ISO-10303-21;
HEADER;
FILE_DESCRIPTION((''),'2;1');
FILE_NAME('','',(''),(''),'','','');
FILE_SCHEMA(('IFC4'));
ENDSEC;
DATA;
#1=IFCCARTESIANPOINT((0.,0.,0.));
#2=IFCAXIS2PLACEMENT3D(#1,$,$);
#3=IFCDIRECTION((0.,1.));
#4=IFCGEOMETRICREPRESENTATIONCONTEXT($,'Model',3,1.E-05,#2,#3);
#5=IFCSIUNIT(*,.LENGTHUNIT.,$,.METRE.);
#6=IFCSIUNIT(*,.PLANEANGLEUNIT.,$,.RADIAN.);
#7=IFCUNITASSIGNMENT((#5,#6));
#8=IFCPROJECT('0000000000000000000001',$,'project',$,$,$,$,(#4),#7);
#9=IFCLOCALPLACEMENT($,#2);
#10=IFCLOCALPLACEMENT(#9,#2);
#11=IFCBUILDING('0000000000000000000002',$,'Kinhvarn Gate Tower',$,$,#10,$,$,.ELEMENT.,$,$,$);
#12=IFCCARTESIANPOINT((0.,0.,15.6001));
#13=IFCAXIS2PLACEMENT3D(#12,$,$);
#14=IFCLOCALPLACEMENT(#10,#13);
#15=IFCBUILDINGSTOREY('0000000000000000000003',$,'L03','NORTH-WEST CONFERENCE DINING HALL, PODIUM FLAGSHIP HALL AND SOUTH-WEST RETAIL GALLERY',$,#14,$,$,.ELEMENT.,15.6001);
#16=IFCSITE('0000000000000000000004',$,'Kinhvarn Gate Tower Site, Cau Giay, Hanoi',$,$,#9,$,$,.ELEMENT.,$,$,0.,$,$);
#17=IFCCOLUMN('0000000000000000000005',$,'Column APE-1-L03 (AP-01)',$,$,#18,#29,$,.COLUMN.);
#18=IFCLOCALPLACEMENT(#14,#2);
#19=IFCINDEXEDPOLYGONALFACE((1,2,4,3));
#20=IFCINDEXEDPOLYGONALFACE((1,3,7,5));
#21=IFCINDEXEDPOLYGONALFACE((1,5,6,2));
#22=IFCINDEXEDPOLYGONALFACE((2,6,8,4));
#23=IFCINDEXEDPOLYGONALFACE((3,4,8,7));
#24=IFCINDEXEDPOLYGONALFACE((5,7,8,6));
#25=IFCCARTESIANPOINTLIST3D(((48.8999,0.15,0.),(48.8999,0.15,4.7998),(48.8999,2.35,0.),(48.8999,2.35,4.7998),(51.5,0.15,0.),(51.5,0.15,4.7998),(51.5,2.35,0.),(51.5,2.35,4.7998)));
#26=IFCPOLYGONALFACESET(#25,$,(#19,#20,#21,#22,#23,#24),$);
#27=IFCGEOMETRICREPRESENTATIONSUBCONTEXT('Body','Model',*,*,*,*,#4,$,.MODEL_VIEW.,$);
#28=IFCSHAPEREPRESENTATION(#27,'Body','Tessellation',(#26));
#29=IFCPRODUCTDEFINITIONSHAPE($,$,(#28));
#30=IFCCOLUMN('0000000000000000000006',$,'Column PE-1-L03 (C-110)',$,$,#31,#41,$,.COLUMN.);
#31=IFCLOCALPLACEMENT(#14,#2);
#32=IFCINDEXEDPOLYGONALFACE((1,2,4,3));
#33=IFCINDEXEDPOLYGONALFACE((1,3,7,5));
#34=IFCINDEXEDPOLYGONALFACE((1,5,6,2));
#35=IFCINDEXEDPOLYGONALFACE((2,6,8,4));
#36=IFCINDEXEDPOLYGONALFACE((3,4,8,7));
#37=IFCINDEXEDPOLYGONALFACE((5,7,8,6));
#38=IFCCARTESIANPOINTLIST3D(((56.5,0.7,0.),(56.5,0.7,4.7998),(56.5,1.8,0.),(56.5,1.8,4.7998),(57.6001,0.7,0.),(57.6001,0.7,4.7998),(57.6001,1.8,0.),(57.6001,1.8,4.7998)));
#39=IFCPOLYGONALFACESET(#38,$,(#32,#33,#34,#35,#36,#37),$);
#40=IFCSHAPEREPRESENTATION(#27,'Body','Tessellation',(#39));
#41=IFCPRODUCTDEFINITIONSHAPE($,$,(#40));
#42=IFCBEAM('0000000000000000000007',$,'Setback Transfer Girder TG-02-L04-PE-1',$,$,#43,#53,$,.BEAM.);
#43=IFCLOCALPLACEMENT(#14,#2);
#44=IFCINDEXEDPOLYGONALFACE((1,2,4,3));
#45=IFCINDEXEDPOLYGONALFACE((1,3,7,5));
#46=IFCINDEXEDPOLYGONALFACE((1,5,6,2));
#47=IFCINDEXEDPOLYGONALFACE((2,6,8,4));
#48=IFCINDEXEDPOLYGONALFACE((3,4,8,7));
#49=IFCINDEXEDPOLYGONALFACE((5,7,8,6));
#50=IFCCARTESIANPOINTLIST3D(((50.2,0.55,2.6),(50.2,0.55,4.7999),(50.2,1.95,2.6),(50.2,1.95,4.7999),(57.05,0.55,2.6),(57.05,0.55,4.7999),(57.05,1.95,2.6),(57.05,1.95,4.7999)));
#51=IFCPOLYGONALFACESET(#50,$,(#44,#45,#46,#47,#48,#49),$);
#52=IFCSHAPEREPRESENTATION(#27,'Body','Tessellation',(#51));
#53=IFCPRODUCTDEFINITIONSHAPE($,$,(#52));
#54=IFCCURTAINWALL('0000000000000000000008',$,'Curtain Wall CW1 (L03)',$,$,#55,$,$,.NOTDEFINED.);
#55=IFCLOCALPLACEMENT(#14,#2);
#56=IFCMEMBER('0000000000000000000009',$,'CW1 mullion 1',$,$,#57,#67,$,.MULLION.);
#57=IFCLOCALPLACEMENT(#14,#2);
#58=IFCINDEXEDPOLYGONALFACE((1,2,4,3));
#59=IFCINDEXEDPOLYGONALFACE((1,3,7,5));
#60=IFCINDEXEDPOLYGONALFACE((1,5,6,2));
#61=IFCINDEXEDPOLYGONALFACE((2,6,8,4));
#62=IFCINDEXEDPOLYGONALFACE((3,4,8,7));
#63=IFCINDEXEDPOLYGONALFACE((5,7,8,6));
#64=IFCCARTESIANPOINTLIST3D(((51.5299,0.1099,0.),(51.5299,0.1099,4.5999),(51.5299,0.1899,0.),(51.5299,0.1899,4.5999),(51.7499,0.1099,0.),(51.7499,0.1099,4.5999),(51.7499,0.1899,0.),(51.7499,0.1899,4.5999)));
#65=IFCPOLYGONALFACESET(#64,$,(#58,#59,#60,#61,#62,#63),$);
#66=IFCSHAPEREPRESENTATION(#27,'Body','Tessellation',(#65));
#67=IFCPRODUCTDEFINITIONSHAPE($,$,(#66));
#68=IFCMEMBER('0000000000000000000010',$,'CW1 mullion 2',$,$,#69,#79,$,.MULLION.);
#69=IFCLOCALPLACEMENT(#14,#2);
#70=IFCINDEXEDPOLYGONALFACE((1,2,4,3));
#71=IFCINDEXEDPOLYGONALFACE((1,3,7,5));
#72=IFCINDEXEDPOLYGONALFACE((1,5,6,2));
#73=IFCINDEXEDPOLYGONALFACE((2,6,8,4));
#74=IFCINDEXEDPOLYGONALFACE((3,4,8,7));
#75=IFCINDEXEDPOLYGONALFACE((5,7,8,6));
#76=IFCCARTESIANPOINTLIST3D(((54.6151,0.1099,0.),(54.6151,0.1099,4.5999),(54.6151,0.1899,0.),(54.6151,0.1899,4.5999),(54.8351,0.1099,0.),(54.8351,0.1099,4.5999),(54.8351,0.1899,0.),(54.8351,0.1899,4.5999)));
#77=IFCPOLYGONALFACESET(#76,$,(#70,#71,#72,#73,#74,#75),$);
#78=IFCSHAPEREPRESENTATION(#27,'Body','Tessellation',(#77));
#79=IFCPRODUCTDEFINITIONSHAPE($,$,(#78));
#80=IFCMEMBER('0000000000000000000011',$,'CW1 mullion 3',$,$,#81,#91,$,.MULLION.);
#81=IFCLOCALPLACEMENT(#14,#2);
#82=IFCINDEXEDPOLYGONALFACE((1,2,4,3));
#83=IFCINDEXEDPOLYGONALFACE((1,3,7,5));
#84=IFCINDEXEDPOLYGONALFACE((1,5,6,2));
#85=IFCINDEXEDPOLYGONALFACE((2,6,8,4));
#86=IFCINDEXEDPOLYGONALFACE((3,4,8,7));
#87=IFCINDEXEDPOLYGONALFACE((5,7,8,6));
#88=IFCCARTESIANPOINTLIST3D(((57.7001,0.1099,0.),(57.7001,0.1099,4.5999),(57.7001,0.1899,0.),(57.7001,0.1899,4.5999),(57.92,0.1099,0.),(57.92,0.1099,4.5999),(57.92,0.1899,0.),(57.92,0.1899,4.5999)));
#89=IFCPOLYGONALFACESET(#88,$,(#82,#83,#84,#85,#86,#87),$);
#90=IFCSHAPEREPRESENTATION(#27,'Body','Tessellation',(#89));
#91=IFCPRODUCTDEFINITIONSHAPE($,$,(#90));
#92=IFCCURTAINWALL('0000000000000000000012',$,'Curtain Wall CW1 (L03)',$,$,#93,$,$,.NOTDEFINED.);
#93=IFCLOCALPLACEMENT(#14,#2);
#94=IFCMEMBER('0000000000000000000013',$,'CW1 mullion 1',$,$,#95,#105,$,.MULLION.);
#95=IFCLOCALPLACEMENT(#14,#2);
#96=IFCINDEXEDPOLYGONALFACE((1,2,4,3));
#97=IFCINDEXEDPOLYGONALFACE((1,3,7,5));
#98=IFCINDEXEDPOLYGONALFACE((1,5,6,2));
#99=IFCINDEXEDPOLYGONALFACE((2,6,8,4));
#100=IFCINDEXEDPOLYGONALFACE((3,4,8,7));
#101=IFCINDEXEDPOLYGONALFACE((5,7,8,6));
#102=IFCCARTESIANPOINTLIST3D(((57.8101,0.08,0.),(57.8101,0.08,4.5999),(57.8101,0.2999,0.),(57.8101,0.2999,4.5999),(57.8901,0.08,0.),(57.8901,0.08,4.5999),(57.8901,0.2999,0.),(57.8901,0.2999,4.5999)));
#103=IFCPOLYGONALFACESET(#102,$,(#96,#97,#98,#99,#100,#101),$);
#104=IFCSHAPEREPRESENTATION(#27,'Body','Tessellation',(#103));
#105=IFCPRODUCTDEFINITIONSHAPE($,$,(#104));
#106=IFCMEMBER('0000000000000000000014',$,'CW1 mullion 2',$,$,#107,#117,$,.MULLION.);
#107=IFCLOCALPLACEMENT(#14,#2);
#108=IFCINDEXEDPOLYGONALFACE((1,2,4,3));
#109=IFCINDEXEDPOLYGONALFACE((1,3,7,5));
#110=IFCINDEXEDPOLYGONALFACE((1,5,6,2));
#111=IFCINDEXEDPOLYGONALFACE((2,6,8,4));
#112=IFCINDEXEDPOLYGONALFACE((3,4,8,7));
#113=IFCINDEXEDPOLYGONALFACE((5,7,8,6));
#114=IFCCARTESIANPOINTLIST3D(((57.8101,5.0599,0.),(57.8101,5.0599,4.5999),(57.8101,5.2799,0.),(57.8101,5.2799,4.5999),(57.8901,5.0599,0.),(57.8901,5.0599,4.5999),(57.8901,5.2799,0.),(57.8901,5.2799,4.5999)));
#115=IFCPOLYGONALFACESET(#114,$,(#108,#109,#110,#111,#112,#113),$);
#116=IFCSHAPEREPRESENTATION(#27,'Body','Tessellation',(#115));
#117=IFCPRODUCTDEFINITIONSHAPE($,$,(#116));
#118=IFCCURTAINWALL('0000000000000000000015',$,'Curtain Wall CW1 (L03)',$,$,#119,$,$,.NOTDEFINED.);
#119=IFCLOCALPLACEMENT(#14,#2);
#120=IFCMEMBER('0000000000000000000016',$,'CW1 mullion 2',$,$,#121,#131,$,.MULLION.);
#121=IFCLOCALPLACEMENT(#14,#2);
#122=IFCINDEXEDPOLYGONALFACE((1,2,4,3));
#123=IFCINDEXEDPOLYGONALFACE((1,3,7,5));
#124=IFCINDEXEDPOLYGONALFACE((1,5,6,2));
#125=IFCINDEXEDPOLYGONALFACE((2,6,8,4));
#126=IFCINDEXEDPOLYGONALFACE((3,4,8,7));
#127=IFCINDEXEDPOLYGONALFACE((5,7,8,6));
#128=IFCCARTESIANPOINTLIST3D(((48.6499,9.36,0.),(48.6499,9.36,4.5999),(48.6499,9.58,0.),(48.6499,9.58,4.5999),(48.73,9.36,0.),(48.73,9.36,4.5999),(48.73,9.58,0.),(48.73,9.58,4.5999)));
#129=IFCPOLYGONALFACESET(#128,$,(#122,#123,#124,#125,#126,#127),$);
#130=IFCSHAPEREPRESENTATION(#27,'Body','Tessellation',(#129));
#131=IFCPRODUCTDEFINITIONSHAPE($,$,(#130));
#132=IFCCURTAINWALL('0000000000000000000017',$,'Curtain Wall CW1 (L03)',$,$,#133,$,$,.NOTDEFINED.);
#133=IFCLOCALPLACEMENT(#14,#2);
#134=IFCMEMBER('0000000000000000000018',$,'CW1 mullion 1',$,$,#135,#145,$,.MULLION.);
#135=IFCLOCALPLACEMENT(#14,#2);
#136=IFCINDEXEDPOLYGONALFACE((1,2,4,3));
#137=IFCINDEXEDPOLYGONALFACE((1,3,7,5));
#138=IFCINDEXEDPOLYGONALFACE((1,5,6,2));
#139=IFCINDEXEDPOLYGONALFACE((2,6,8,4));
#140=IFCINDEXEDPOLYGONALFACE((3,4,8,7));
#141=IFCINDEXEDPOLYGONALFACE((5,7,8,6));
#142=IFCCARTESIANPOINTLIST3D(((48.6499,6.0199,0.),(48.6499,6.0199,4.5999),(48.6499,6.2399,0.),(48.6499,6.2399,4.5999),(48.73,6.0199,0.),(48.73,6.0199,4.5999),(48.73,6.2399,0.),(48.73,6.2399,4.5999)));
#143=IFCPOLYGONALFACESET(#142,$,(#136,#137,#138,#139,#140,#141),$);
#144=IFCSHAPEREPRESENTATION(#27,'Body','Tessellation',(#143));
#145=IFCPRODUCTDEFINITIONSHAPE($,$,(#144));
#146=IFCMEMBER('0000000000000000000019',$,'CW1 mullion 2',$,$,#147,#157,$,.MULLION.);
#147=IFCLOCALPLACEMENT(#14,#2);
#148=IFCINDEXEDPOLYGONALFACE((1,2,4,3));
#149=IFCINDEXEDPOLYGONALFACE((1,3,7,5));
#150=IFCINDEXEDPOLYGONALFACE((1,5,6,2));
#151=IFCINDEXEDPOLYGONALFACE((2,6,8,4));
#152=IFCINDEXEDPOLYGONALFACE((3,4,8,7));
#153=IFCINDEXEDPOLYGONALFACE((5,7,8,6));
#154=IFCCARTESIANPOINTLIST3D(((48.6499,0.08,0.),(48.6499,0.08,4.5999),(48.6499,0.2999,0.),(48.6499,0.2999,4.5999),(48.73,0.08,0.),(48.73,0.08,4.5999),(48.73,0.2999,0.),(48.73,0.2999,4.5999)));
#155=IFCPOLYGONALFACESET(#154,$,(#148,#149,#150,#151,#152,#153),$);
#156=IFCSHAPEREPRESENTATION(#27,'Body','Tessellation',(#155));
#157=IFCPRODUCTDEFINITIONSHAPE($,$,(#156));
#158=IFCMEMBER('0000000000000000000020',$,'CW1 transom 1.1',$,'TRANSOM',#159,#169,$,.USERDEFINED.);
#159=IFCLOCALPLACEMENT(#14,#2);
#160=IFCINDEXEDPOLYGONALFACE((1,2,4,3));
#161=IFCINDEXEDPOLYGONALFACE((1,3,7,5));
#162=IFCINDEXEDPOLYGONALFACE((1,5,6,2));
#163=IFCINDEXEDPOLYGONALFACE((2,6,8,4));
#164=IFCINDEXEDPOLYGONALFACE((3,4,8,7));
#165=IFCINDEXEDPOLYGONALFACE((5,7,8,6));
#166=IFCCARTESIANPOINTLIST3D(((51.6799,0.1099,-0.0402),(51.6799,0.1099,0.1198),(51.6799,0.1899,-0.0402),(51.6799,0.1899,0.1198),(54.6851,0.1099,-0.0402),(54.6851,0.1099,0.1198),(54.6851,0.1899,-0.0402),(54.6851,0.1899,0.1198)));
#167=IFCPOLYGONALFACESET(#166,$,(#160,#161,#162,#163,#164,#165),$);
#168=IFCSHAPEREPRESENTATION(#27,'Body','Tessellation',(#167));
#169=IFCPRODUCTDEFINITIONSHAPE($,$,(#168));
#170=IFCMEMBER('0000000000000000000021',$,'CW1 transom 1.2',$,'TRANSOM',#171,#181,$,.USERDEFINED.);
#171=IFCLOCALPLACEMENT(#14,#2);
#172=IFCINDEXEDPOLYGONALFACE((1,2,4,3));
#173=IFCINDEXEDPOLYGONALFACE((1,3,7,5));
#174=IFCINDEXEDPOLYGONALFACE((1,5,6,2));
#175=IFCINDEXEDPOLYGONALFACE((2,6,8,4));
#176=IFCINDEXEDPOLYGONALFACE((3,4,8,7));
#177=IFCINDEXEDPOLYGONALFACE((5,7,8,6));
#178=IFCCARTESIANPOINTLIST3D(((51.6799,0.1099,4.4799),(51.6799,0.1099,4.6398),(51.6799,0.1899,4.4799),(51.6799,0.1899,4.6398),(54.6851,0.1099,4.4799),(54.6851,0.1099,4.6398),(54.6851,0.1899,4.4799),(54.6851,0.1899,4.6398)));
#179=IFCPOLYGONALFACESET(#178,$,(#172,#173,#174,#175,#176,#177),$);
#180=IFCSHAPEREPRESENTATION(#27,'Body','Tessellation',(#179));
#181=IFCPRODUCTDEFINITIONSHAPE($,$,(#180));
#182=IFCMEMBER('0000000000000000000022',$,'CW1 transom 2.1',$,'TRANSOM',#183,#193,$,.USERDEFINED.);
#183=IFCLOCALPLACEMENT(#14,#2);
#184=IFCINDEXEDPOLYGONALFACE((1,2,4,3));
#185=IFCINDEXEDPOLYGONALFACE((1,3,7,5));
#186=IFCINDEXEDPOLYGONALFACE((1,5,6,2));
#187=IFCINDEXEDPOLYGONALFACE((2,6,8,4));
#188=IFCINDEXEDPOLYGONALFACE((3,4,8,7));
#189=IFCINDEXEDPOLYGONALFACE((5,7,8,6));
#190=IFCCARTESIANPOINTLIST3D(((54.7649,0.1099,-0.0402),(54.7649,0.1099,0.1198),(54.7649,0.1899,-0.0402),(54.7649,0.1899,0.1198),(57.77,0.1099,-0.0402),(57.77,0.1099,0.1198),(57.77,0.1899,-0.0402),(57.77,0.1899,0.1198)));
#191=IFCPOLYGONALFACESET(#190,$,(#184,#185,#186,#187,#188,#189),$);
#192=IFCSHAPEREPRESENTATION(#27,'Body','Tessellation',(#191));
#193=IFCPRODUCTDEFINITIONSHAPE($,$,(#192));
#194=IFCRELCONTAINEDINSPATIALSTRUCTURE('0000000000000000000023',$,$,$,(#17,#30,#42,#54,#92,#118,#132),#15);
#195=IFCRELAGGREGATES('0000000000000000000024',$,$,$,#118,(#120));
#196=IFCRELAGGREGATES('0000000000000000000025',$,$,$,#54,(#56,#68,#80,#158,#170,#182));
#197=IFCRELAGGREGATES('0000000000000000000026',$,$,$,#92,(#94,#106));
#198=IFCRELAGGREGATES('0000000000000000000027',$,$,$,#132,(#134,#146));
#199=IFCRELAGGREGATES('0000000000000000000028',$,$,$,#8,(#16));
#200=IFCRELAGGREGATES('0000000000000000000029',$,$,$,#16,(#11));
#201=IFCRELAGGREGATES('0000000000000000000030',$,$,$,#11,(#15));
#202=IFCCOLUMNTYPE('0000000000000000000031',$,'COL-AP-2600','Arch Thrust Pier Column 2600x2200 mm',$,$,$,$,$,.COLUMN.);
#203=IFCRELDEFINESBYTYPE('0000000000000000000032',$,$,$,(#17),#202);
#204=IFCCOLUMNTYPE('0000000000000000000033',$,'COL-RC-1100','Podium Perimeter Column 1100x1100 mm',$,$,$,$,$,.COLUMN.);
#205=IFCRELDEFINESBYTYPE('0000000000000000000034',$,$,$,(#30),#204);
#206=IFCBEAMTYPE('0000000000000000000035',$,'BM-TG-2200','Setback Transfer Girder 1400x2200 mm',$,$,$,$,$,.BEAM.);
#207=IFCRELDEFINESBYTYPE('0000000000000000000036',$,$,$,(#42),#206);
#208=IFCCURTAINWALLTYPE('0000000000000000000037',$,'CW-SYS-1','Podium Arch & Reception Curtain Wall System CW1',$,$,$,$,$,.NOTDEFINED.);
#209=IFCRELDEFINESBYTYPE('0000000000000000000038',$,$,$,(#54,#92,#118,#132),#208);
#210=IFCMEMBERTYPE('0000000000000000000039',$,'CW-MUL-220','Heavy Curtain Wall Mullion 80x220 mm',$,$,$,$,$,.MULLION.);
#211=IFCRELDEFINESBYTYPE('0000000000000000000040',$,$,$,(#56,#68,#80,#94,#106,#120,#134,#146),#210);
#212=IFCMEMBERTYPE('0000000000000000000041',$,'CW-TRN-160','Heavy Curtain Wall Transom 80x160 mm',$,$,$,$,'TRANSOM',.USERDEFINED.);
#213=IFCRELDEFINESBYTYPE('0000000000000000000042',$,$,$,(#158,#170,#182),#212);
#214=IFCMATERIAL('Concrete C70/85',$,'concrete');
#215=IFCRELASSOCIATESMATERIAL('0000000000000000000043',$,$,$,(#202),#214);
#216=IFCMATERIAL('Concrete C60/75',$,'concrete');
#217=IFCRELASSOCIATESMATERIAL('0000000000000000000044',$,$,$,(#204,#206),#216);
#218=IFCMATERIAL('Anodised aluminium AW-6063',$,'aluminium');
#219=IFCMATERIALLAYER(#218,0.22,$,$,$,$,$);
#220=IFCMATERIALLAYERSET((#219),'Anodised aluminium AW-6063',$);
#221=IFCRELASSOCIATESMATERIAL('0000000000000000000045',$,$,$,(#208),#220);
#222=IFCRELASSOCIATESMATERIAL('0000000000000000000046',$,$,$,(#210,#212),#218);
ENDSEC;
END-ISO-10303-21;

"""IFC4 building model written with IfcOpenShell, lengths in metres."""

from ifc_helpers import new_model, si_unit, direction, frame, origin, origin_2d, place, context, subcontext, project, spatial, rectangle, extrude, material, layer, layer_set, material_profile, profile_set, type_object, element, aggregate, save


model = new_model("IFC4")

# Units and contexts
model_context = context("Model", 3, precision=1e-05, world=origin(), true_north=direction((0.0, 1.0)))
body_context = subcontext(model_context, "Body", "Model", "MODEL_VIEW")
ifc_project = project(units=[si_unit("LENGTHUNIT", "METRE"), si_unit("PLANEANGLEUNIT", "RADIAN")], contexts=[model_context])

# Site, building, storey
site_placement = place(None, origin())
site = spatial("IfcSite", under=ifc_project, at=site_placement, Name="Kinhvarn Gate Tower Site, Cau Giay, Hanoi", CompositionType="ELEMENT", RefElevation=0.0)
building_placement = place(site_placement, origin())
building = spatial("IfcBuilding", under=site, at=building_placement, Name="Kinhvarn Gate Tower", CompositionType="ELEMENT")
storey_placement = place(building_placement, frame((0.0, 0.0, 15.6001)))
storey = spatial("IfcBuildingStorey", under=building, at=storey_placement, Name="L03", Description="NORTH-WEST CONFERENCE DINING HALL, PODIUM FLAGSHIP HALL AND SOUTH-WEST RETAIL GALLERY", CompositionType="ELEMENT", Elevation=15.6001)

# Columns
ifc_material_1 = material(Name="Concrete C70/85", Category="concrete")
ifc_material_profile_1 = material_profile(ifc_material_1, rectangle(XDim=2.6001, YDim=2.2, at=origin_2d()), Name="RC 2600x2200")
ifc_profile_set_1 = profile_set([ifc_material_profile_1], Name="Concrete C70/85")
column_type_1 = type_object("IfcColumnType", Name="COL-AP-2600", Description="Arch Thrust Pier Column 2600x2200 mm", PredefinedType="COLUMN", material=ifc_profile_set_1)
column_1_placement = place(storey_placement, frame((50.2, 1.25, 0.0), z_axis=(0.0, 0.0, 1.0), x_axis=(1.0, 0.0, 0.0)))
element("IfcColumn", 1, at=column_1_placement, inside=storey, type_object=column_type_1, Name="Column APE-1-L03 (AP-01)", PredefinedType="COLUMN", context=body_context, shape_type="SweptSolid", body=[
    extrude(rectangle(XDim=2.6001, YDim=2.2, at=origin_2d()), origin(), (0.0, 0.0, 1.0), 4.7998),
])
ifc_material_2 = material(Name="Concrete C60/75", Category="concrete")
ifc_material_profile_2 = material_profile(ifc_material_2, rectangle(XDim=1.1001, YDim=1.1001, at=origin_2d()), Name="RC 1100x1100")
ifc_profile_set_2 = profile_set([ifc_material_profile_2], Name="Concrete C60/75")
column_type_2 = type_object("IfcColumnType", Name="COL-RC-1100", Description="Podium Perimeter Column 1100x1100 mm", PredefinedType="COLUMN", material=ifc_profile_set_2)
column_2_placement = place(storey_placement, frame((57.05, 1.25, 0.0), z_axis=(0.0, 0.0, 1.0), x_axis=(1.0, 0.0, 0.0)))
element("IfcColumn", 2, at=column_2_placement, inside=storey, type_object=column_type_2, Name="Column PE-1-L03 (C-110)", PredefinedType="COLUMN", context=body_context, shape_type="SweptSolid", body=[
    extrude(rectangle(XDim=1.1001, YDim=1.1001, at=origin_2d()), origin(), (0.0, 0.0, 1.0), 4.7998),
])

# Beam
ifc_material_profile_3 = material_profile(ifc_material_2, rectangle(XDim=1.3999, YDim=2.2, at=origin_2d()), Name="RC 1400x2200")
ifc_profile_set_3 = profile_set([ifc_material_profile_3], Name="Concrete C60/75")
beam_type_1 = type_object("IfcBeamType", Name="BM-TG-2200", Description="Setback Transfer Girder 1400x2200 mm", PredefinedType="BEAM", material=ifc_profile_set_3)
beam_1_placement = place(storey_placement, frame((50.2, 1.25, 3.7), z_axis=(1.0, 0.0, 0.0), x_axis=(0.0, 1.0, 0.0)))
element("IfcBeam", 3, at=beam_1_placement, inside=storey, type_object=beam_type_1, Name="Setback Transfer Girder TG-02-L04-PE-1", PredefinedType="BEAM", context=body_context, shape_type="SweptSolid", body=[
    extrude(rectangle(XDim=1.3999, YDim=2.2, at=origin_2d()), origin(), (0.0, 0.0, 1.0), 6.8501),
])

# Curtain walls, members
ifc_material_3 = material(Name="Anodised aluminium AW-6063", Category="aluminium")
ifc_layer_1 = layer(ifc_material_3, 0.22)
ifc_layer_set_1 = layer_set([ifc_layer_1], Name="Anodised aluminium AW-6063")
curtain_wall_type = type_object("IfcCurtainWallType", Name="CW-SYS-1", Description="Podium Arch & Reception Curtain Wall System CW1", PredefinedType="NOTDEFINED", material=ifc_layer_set_1)
curtain_wall_1_placement = place(storey_placement, origin())
curtain_wall_1 = element("IfcCurtainWall", 4, at=curtain_wall_1_placement, inside=storey, type_object=curtain_wall_type, Name="Curtain Wall CW1 (L03)", PredefinedType="NOTDEFINED")
ifc_material_profile_4 = material_profile(ifc_material_3, rectangle(XDim=0.0801, YDim=0.22, at=origin_2d()), Name="ALU 80x220")
ifc_profile_set_4 = profile_set([ifc_material_profile_4], Name="Anodised aluminium AW-6063")
member_type_1 = type_object("IfcMemberType", Name="CW-MUL-220", Description="Heavy Curtain Wall Mullion 80x220 mm", PredefinedType="MULLION", material=ifc_profile_set_4)
member_1_placement = place(storey_placement, frame((51.6399, 0.1499, 0.0), z_axis=(0.0, 0.0, 1.0), x_axis=(0.0, 1.0, 0.0)))
member_1 = element("IfcMember", 5, at=member_1_placement, type_object=member_type_1, Name="CW1 mullion 1", PredefinedType="MULLION", context=body_context, shape_type="SweptSolid", body=[
    extrude(rectangle(XDim=0.0801, YDim=0.22, at=origin_2d()), origin(), (0.0, 0.0, 1.0), 4.5999),
])
member_2_placement = place(storey_placement, frame((54.7251, 0.1499, 0.0), z_axis=(0.0, 0.0, 1.0), x_axis=(0.0, 1.0, 0.0)))
member_2 = element("IfcMember", 6, at=member_2_placement, type_object=member_type_1, Name="CW1 mullion 2", PredefinedType="MULLION", context=body_context, shape_type="SweptSolid", body=[
    extrude(rectangle(XDim=0.0801, YDim=0.22, at=origin_2d()), origin(), (0.0, 0.0, 1.0), 4.5999),
])
member_3_placement = place(storey_placement, frame((57.8101, 0.1499, 0.0), z_axis=(0.0, 0.0, 1.0), x_axis=(0.0, 1.0, 0.0)))
member_3 = element("IfcMember", 7, at=member_3_placement, type_object=member_type_1, Name="CW1 mullion 3", PredefinedType="MULLION", context=body_context, shape_type="SweptSolid", body=[
    extrude(rectangle(XDim=0.0801, YDim=0.22, at=origin_2d()), origin(), (0.0, 0.0, 1.0), 4.5999),
])
curtain_wall_2_placement = place(storey_placement, origin())
curtain_wall_2 = element("IfcCurtainWall", 8, at=curtain_wall_2_placement, inside=storey, type_object=curtain_wall_type, Name="Curtain Wall CW1 (L03)", PredefinedType="NOTDEFINED")
member_4_placement = place(storey_placement, frame((57.8501, 0.1899, 0.0), z_axis=(0.0, 0.0, 1.0), x_axis=(-1.0, 0.0, 0.0)))
member_4 = element("IfcMember", 9, at=member_4_placement, type_object=member_type_1, Name="CW1 mullion 1", PredefinedType="MULLION", context=body_context, shape_type="SweptSolid", body=[
    extrude(rectangle(XDim=0.0801, YDim=0.22, at=origin_2d()), origin(), (0.0, 0.0, 1.0), 4.5999),
])
member_5_placement = place(storey_placement, frame((57.8501, 5.1699, 0.0), z_axis=(0.0, 0.0, 1.0), x_axis=(-1.0, 0.0, 0.0)))
member_5 = element("IfcMember", 10, at=member_5_placement, type_object=member_type_1, Name="CW1 mullion 2", PredefinedType="MULLION", context=body_context, shape_type="SweptSolid", body=[
    extrude(rectangle(XDim=0.0801, YDim=0.22, at=origin_2d()), origin(), (0.0, 0.0, 1.0), 4.5999),
])

# Curtain wall, member
curtain_wall_3_placement = place(storey_placement, origin())
curtain_wall_3 = element("IfcCurtainWall", 11, at=curtain_wall_3_placement, inside=storey, type_object=curtain_wall_type, Name="Curtain Wall CW1 (L03)", PredefinedType="NOTDEFINED")
member_6_placement = place(storey_placement, frame((48.6899, 9.47, 0.0), z_axis=(0.0, 0.0, 1.0), x_axis=(1.0, 0.0, 0.0)))
member_6 = element("IfcMember", 12, at=member_6_placement, type_object=member_type_1, Name="CW1 mullion 2", PredefinedType="MULLION", context=body_context, shape_type="SweptSolid", body=[
    extrude(rectangle(XDim=0.0801, YDim=0.22, at=origin_2d()), origin(), (0.0, 0.0, 1.0), 4.5999),
])
aggregate(curtain_wall_3, [member_6])

# Curtain wall, members
curtain_wall_4_placement = place(storey_placement, origin())
curtain_wall_4 = element("IfcCurtainWall", 13, at=curtain_wall_4_placement, inside=storey, type_object=curtain_wall_type, Name="Curtain Wall CW1 (L03)", PredefinedType="NOTDEFINED")
member_7_placement = place(storey_placement, frame((48.6899, 6.1299, 0.0), z_axis=(0.0, 0.0, 1.0), x_axis=(1.0, 0.0, 0.0)))
member_7 = element("IfcMember", 14, at=member_7_placement, type_object=member_type_1, Name="CW1 mullion 1", PredefinedType="MULLION", context=body_context, shape_type="SweptSolid", body=[
    extrude(rectangle(XDim=0.0801, YDim=0.22, at=origin_2d()), origin(), (0.0, 0.0, 1.0), 4.5999),
])
member_8_placement = place(storey_placement, frame((48.6899, 0.1899, 0.0), z_axis=(0.0, 0.0, 1.0), x_axis=(1.0, 0.0, 0.0)))
member_8 = element("IfcMember", 15, at=member_8_placement, type_object=member_type_1, Name="CW1 mullion 2", PredefinedType="MULLION", context=body_context, shape_type="SweptSolid", body=[
    extrude(rectangle(XDim=0.0801, YDim=0.22, at=origin_2d()), origin(), (0.0, 0.0, 1.0), 4.5999),
])

# Members
ifc_material_profile_5 = material_profile(ifc_material_3, rectangle(XDim=0.0801, YDim=0.1599, at=origin_2d()), Name="ALU 80x160")
ifc_profile_set_5 = profile_set([ifc_material_profile_5], Name="Anodised aluminium AW-6063")
member_type_2 = type_object("IfcMemberType", Name="CW-TRN-160", Description="Heavy Curtain Wall Transom 80x160 mm", ElementType="TRANSOM", PredefinedType="USERDEFINED", material=ifc_profile_set_5)
member_9_placement = place(storey_placement, frame((51.6799, 0.1499, 0.0398), z_axis=(1.0, 0.0, 0.0), x_axis=(0.0, 1.0, 0.0)))
member_9 = element("IfcMember", 16, at=member_9_placement, type_object=member_type_2, Name="CW1 transom 1.1", ObjectType="TRANSOM", PredefinedType="USERDEFINED", context=body_context, shape_type="SweptSolid", body=[
    extrude(rectangle(XDim=0.0801, YDim=0.1599, at=origin_2d()), origin(), (0.0, 0.0, 1.0), 3.0051),
])
member_10_placement = place(storey_placement, frame((51.6799, 0.1499, 4.5598), z_axis=(1.0, 0.0, 0.0), x_axis=(0.0, 1.0, 0.0)))
member_10 = element("IfcMember", 17, at=member_10_placement, type_object=member_type_2, Name="CW1 transom 1.2", ObjectType="TRANSOM", PredefinedType="USERDEFINED", context=body_context, shape_type="SweptSolid", body=[
    extrude(rectangle(XDim=0.0801, YDim=0.1599, at=origin_2d()), origin(), (0.0, 0.0, 1.0), 3.0051),
])
member_11_placement = place(storey_placement, frame((54.7649, 0.1499, 0.0398), z_axis=(1.0, 0.0, 0.0), x_axis=(0.0, 1.0, 0.0)))
member_11 = element("IfcMember", 18, at=member_11_placement, type_object=member_type_2, Name="CW1 transom 2.1", ObjectType="TRANSOM", PredefinedType="USERDEFINED", context=body_context, shape_type="SweptSolid", body=[
    extrude(rectangle(XDim=0.0801, YDim=0.1599, at=origin_2d()), origin(), (0.0, 0.0, 1.0), 3.0051),
])

aggregate(curtain_wall_1, [member_1, member_2, member_3, member_9, member_10, member_11])
aggregate(curtain_wall_2, [member_4, member_5])
aggregate(curtain_wall_4, [member_7, member_8])

save(model, "model.ifc")
